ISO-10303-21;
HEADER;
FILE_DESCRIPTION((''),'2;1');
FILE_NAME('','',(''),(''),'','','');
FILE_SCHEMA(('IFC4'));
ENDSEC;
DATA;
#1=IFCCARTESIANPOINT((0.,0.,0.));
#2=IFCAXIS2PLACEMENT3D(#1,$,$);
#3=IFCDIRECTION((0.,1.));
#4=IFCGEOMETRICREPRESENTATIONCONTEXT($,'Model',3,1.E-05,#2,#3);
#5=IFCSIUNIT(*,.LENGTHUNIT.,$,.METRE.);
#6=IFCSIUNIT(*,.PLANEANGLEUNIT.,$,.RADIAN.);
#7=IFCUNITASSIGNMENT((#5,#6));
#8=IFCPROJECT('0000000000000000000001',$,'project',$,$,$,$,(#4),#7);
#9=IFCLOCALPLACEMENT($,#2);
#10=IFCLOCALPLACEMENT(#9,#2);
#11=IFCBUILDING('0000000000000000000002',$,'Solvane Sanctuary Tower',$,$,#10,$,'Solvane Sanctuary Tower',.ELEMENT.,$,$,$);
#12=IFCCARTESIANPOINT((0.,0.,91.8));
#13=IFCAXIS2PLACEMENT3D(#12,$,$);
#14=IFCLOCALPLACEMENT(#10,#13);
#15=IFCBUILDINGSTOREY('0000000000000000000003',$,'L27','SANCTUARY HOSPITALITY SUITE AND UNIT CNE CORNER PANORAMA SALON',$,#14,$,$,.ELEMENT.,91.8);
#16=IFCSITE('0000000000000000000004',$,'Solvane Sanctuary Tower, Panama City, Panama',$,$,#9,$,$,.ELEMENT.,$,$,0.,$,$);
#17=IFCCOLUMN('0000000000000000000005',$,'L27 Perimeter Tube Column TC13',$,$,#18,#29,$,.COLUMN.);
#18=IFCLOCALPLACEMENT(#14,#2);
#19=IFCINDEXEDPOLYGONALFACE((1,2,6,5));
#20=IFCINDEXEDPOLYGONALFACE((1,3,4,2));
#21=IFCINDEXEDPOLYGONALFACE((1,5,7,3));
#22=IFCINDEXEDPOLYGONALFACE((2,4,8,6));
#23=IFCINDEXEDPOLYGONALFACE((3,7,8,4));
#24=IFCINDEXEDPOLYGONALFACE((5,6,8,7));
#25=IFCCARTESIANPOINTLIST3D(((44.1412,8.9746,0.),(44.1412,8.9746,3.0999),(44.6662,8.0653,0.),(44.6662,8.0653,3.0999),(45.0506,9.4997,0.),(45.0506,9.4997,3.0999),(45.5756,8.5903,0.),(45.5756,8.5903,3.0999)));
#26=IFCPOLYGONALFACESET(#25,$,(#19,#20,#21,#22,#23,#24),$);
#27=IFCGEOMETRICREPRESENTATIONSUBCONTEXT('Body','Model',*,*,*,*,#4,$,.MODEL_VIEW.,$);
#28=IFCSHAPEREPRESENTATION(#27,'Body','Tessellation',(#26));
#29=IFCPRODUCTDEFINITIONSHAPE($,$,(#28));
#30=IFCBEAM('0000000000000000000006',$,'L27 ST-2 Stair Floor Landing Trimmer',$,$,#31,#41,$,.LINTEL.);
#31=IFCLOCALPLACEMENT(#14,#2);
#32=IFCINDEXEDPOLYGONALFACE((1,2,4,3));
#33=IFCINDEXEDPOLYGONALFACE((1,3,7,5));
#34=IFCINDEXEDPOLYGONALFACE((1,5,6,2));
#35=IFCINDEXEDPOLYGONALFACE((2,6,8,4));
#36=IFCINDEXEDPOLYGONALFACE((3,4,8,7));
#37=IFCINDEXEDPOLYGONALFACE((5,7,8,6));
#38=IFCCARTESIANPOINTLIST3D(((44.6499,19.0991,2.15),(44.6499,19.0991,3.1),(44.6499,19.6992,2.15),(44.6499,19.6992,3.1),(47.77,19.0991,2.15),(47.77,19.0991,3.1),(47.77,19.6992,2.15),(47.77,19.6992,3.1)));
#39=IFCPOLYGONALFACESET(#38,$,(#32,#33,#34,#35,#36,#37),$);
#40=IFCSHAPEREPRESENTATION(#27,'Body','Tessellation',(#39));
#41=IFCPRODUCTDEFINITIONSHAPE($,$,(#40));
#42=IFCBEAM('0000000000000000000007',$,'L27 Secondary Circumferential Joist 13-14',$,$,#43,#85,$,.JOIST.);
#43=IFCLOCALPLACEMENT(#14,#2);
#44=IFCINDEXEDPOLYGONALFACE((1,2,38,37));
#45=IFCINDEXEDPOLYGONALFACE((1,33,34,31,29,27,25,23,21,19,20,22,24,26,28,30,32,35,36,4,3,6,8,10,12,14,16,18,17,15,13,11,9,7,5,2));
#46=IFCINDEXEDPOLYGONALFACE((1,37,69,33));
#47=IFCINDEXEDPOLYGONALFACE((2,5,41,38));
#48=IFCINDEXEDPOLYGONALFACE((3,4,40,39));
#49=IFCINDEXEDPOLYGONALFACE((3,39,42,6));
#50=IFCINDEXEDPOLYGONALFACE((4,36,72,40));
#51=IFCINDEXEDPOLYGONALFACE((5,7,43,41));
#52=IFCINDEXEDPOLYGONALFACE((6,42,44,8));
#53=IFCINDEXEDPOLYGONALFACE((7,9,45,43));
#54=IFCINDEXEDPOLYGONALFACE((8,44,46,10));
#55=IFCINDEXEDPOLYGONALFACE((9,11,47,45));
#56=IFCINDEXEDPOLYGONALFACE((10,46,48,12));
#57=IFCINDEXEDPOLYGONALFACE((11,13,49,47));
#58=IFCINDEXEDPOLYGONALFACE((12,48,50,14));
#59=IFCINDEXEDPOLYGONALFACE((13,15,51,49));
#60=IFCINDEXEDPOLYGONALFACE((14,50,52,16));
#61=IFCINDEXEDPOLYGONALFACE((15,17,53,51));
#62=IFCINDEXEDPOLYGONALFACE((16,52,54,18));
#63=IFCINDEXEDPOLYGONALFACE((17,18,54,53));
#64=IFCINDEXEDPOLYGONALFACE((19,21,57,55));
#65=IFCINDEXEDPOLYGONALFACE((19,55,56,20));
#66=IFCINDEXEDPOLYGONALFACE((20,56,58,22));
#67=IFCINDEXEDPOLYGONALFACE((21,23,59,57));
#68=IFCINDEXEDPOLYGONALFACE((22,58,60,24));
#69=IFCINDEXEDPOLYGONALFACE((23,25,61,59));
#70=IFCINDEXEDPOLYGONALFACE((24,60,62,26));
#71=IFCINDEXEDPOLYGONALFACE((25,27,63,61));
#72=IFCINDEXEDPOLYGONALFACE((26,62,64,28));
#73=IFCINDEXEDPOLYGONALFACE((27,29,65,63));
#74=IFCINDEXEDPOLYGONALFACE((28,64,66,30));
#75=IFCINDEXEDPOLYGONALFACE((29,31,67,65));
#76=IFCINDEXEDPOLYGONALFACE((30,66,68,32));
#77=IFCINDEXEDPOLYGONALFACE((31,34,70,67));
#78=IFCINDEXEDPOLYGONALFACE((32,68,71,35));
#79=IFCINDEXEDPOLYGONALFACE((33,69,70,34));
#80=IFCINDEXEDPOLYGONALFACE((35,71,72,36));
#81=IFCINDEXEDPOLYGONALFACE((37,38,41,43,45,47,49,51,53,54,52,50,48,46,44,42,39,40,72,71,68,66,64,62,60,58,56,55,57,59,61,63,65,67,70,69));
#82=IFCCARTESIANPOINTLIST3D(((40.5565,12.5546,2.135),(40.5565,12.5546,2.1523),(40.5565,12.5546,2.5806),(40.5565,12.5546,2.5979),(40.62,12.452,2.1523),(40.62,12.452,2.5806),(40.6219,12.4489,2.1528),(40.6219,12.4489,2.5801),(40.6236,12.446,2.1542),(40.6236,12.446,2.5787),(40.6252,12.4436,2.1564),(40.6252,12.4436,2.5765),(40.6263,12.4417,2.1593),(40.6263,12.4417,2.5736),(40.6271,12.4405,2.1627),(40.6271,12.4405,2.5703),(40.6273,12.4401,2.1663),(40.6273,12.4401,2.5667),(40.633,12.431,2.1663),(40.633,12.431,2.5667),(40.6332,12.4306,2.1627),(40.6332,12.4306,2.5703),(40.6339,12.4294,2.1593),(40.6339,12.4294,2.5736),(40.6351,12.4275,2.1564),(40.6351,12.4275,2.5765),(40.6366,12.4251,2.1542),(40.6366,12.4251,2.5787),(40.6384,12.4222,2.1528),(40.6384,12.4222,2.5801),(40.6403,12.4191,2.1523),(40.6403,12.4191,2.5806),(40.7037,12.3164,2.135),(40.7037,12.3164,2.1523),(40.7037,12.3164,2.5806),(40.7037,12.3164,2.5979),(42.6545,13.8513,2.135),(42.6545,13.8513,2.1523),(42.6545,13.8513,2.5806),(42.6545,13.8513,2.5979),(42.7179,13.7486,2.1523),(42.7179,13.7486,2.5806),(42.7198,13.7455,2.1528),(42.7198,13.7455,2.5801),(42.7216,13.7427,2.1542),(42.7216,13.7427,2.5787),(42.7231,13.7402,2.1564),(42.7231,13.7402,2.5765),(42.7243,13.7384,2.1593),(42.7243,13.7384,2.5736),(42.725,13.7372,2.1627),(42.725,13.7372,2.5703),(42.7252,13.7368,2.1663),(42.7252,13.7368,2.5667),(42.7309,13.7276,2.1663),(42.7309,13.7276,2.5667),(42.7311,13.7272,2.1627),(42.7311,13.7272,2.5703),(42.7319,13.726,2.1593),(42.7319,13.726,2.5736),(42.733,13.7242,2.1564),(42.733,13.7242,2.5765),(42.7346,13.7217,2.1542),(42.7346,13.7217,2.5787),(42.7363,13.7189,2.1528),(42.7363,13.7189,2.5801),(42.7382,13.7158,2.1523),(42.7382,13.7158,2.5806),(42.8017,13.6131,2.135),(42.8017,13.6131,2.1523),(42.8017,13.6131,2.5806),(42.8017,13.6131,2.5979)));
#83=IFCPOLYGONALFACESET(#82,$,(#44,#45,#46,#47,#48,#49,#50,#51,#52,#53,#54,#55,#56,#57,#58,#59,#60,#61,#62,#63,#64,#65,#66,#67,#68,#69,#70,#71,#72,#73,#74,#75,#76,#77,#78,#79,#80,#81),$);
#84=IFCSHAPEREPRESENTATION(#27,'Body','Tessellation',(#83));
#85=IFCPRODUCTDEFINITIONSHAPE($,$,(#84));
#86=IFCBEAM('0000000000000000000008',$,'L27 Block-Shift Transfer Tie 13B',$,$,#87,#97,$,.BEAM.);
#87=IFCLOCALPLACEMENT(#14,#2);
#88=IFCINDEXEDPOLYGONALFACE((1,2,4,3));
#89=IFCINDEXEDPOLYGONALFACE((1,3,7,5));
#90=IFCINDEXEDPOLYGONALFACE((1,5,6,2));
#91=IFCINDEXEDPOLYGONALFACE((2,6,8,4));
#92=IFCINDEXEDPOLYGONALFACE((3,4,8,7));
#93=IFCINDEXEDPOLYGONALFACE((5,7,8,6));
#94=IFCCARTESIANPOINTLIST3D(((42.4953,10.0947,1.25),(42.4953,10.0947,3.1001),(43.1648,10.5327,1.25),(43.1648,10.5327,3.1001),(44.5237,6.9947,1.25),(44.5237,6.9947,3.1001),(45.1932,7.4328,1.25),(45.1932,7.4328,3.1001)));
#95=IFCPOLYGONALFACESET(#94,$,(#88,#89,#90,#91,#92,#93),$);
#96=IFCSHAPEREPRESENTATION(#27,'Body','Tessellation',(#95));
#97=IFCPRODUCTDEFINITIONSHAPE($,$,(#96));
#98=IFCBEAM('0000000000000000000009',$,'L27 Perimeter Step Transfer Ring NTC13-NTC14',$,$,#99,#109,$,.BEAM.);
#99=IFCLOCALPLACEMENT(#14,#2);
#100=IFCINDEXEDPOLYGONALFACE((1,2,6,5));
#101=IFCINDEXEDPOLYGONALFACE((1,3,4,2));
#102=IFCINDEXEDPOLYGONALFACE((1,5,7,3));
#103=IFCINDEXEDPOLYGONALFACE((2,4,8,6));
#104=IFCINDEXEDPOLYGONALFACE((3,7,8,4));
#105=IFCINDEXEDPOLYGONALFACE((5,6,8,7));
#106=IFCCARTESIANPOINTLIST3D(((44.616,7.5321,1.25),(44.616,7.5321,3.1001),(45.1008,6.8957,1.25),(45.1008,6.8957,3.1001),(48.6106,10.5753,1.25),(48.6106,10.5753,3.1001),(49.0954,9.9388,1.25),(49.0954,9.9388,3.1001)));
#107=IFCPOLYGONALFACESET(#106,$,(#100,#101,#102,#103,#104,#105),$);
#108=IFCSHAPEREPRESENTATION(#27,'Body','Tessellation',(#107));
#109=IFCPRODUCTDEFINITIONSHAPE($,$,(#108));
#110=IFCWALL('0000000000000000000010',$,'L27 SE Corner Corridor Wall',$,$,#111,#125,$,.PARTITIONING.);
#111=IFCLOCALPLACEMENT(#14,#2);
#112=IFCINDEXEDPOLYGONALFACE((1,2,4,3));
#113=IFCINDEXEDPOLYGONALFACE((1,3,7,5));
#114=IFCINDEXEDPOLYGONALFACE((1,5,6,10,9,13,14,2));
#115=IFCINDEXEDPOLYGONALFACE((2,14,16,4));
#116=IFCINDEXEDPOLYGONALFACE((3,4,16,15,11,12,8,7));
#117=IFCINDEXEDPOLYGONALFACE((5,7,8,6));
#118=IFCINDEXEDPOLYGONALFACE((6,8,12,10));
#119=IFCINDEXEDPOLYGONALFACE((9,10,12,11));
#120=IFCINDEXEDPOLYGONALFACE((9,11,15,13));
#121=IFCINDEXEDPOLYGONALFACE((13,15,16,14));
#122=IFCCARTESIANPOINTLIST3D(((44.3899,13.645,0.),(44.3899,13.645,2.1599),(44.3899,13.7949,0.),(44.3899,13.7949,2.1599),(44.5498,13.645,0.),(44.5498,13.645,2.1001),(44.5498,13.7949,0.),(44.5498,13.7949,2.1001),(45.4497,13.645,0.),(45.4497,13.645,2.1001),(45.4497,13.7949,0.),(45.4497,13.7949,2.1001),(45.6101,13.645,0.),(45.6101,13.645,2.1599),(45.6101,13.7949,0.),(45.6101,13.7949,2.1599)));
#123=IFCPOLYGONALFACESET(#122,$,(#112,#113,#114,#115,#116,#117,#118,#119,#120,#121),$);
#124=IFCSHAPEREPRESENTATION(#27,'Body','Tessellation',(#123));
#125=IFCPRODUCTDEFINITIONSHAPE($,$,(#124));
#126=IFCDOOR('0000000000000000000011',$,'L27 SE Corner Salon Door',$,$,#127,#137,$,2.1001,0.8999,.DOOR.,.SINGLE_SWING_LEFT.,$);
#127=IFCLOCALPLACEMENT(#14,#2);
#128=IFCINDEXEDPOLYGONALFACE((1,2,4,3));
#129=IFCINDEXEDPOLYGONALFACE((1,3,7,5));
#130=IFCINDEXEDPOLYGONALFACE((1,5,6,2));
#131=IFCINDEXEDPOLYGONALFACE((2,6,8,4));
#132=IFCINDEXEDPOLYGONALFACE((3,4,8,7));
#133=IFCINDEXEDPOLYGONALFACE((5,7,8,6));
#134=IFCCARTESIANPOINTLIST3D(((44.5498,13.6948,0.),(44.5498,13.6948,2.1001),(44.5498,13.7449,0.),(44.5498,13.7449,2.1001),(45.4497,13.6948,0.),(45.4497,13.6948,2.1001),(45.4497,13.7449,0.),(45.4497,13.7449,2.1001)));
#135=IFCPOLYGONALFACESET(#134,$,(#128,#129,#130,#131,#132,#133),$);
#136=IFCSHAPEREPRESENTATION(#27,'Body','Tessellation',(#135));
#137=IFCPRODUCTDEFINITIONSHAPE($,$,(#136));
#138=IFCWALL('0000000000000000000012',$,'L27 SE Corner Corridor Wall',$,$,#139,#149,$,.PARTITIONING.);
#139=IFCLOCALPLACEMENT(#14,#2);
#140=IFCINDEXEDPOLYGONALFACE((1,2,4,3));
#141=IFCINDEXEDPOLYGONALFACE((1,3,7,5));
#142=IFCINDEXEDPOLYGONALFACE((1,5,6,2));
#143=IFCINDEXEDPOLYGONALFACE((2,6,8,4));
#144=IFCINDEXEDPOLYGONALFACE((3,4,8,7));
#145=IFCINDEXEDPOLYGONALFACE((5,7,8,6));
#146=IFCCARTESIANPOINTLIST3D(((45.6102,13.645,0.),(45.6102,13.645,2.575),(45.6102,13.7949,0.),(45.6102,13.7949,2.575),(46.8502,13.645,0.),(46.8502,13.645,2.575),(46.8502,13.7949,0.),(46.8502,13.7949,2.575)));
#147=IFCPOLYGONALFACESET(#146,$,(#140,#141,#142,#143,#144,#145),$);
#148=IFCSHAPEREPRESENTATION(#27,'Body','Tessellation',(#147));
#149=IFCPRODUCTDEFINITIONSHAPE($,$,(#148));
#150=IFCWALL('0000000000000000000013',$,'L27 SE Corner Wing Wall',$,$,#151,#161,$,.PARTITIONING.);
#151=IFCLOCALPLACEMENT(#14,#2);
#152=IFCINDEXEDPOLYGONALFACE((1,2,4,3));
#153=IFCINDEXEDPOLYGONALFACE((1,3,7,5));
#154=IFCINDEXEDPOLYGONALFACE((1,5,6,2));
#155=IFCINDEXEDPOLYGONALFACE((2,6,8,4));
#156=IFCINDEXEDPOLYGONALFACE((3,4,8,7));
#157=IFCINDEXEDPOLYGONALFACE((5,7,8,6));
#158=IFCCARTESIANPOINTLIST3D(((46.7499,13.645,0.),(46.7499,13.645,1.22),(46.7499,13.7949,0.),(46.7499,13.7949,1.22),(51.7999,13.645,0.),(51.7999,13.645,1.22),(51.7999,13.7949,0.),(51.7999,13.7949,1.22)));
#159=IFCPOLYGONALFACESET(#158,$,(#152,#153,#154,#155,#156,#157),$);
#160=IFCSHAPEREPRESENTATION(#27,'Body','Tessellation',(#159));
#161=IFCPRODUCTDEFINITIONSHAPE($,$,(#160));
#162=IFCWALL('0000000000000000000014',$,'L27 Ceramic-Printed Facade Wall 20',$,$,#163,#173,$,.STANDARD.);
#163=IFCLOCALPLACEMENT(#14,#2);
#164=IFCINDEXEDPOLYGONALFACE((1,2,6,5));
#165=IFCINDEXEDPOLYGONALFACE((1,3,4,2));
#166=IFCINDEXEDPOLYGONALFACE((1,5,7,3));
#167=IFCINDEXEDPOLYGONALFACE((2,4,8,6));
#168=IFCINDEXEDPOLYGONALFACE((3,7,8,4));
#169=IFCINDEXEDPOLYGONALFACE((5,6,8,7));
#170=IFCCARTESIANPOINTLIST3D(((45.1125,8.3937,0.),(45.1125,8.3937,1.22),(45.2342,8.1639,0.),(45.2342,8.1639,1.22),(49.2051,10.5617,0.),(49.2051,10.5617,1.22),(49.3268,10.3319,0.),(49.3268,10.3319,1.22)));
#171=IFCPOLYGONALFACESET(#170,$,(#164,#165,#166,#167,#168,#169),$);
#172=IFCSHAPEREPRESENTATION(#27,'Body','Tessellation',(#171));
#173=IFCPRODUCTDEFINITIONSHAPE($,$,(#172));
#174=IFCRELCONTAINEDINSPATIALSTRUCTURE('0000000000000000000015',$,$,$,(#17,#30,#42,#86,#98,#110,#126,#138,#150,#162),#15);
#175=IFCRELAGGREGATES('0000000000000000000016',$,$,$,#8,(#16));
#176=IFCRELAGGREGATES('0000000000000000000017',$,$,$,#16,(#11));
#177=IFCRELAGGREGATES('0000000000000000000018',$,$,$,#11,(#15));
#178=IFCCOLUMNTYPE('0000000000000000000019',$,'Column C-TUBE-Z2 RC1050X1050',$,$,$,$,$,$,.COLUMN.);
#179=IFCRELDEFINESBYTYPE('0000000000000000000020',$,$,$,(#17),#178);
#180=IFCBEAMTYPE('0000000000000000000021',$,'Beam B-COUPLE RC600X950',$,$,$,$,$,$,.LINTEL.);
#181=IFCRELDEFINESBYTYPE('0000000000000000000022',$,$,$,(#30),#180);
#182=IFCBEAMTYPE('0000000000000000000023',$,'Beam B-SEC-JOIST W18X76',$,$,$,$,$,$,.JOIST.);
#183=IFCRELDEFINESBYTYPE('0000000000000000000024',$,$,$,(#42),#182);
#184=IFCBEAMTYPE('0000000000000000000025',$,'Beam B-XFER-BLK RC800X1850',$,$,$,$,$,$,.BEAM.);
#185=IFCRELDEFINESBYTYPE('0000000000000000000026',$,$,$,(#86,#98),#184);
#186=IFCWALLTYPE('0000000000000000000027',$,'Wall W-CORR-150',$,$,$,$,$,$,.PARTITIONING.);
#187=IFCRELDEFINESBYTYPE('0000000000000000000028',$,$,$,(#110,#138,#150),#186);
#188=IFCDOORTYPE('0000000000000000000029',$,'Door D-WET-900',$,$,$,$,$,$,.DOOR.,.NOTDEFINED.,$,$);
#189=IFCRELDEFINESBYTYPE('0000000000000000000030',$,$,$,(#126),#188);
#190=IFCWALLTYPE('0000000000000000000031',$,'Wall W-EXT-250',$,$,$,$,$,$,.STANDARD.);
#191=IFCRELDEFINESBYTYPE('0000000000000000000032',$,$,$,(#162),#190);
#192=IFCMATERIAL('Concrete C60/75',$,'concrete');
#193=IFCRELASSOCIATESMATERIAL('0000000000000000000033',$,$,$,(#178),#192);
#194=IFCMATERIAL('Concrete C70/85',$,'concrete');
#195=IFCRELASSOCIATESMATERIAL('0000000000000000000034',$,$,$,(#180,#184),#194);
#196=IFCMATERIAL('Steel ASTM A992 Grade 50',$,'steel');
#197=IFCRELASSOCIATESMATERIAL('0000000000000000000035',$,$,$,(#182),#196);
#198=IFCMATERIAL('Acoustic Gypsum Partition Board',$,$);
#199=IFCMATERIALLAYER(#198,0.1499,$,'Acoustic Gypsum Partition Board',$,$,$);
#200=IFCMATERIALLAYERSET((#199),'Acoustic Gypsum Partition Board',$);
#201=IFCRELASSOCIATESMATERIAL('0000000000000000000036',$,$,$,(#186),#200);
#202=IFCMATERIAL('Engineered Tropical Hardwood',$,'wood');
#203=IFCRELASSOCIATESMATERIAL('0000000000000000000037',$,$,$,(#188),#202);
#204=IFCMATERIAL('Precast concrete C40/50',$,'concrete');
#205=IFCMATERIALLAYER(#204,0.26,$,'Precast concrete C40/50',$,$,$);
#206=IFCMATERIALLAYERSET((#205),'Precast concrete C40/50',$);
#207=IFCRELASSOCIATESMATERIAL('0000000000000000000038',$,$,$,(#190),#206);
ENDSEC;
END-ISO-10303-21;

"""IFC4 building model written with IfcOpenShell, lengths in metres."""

from ifc_helpers import new_model, si_unit, direction, frame, frame_2d, origin, origin_2d, place, context, subcontext, project, spatial, rectangle, i_section, extrude, material, layer, layer_set, material_profile, profile_set, type_object, element, fill, save


model = new_model("IFC4")

# Units and contexts
model_context = context("Model", 3, precision=1e-05, world=origin(), true_north=direction((0.0, 1.0)))
body_context = subcontext(model_context, "Body", "Model", "MODEL_VIEW")
ifc_project = project(units=[si_unit("LENGTHUNIT", "METRE"), si_unit("PLANEANGLEUNIT", "RADIAN")], contexts=[model_context])

# Site, building, storey
site_placement = place(None, origin())
site = spatial("IfcSite", under=ifc_project, at=site_placement, Name="Solvane Sanctuary Tower, Panama City, Panama", CompositionType="ELEMENT", RefElevation=0.0)
building_placement = place(site_placement, origin())
building = spatial("IfcBuilding", under=site, at=building_placement, Name="Solvane Sanctuary Tower", LongName="Solvane Sanctuary Tower", CompositionType="ELEMENT")
storey_placement = place(building_placement, frame((0.0, 0.0, 91.8)))
storey = spatial("IfcBuildingStorey", under=building, at=storey_placement, Name="L27", Description="SANCTUARY HOSPITALITY SUITE AND UNIT CNE CORNER PANORAMA SALON", CompositionType="ELEMENT", Elevation=91.8)

# Column
ifc_material_1 = material(Name="Concrete C60/75", Category="concrete")
ifc_material_profile_1 = material_profile(ifc_material_1, rectangle(XDim=1.05, YDim=1.05, at=origin_2d()), Name="RC1050X1050")
ifc_profile_set_1 = profile_set([ifc_material_profile_1], Name="Concrete C60/75")
column_type = type_object("IfcColumnType", Name="Column C-TUBE-Z2 RC1050X1050", PredefinedType="COLUMN", material=ifc_profile_set_1)
column_placement = place(storey_placement, frame((44.8584, 8.7825, 0.0), z_axis=(0.0, 0.0, 1.0), x_axis=(0.5, -0.866025, 0.0)))
element("IfcColumn", 1, at=column_placement, inside=storey, type_object=column_type, Name="L27 Perimeter Tube Column TC13", PredefinedType="COLUMN", context=body_context, shape_type="SweptSolid", body=[
    extrude(rectangle(XDim=1.05, YDim=1.05, at=origin_2d()), origin(), (0.0, 0.0, 1.0), 3.0999),
])

# Beams
ifc_material_2 = material(Name="Concrete C70/85", Category="concrete")
ifc_material_profile_2 = material_profile(ifc_material_2, rectangle(XDim=0.6001, YDim=0.95, at=origin_2d()), Name="RC600X950")
ifc_profile_set_2 = profile_set([ifc_material_profile_2], Name="Concrete C70/85")
beam_type_1 = type_object("IfcBeamType", Name="Beam B-COUPLE RC600X950", PredefinedType="LINTEL", material=ifc_profile_set_2)
beam_1_placement = place(storey_placement, frame((44.6499, 19.3992, 2.625), z_axis=(1.0, 0.0, 0.0), x_axis=(0.0, 1.0, 0.0)))
element("IfcBeam", 2, at=beam_1_placement, inside=storey, type_object=beam_type_1, Name="L27 ST-2 Stair Floor Landing Trimmer", PredefinedType="LINTEL", context=body_context, shape_type="SweptSolid", body=[
    extrude(rectangle(XDim=0.6001, YDim=0.95, at=origin_2d()), origin(), (0.0, 0.0, 1.0), 3.1201),
])
ifc_material_3 = material(Name="Steel ASTM A992 Grade 50", Category="steel")
ifc_material_profile_3 = material_profile(ifc_material_3, i_section(OverallWidth=0.28, OverallDepth=0.4629, WebThickness=0.0107, FlangeThickness=0.0173, FilletRadius=0.0139, at=origin_2d()), Name="W18X76")
ifc_profile_set_3 = profile_set([ifc_material_profile_3], Name="Steel ASTM A992 Grade 50")
beam_type_2 = type_object("IfcBeamType", Name="Beam B-SEC-JOIST W18X76", PredefinedType="JOIST", material=ifc_profile_set_3)
beam_2_placement = place(storey_placement, frame((40.6301, 12.4355, 2.3665), z_axis=(0.85064, 0.525748, 0.0), x_axis=(-0.525748, 0.85064, 0.0)))
element("IfcBeam", 3, at=beam_2_placement, inside=storey, type_object=beam_type_2, Name="L27 Secondary Circumferential Joist 13-14", PredefinedType="JOIST", context=body_context, shape_type="SweptSolid", body=[
    extrude(i_section(OverallWidth=0.28, OverallDepth=0.4629, WebThickness=0.0107, FlangeThickness=0.0173, FilletRadius=0.0139, at=origin_2d()), origin(), (0.0, 0.0, 1.0), 2.4663),
])
ifc_material_profile_4 = material_profile(ifc_material_2, rectangle(XDim=0.8, YDim=1.8501, at=origin_2d()), Name="RC800X1850")
ifc_profile_set_4 = profile_set([ifc_material_profile_4], Name="Concrete C70/85")
beam_type_3 = type_object("IfcBeamType", Name="Beam B-XFER-BLK RC800X1850", PredefinedType="BEAM", material=ifc_profile_set_4)
beam_3_placement = place(storey_placement, frame((42.8301, 10.3137, 2.175), z_axis=(0.547532, -0.836785, 0.0), x_axis=(0.836785, 0.547532, 0.0)))
element("IfcBeam", 4, at=beam_3_placement, inside=storey, type_object=beam_type_3, Name="L27 Block-Shift Transfer Tie 13B", PredefinedType="BEAM", context=body_context, shape_type="SweptSolid", body=[
    extrude(rectangle(XDim=0.8, YDim=1.8501, at=origin_2d()), origin(), (0.0, 0.0, 1.0), 3.7046),
])
beam_4_placement = place(storey_placement, frame((44.8584, 7.2139, 2.175), z_axis=(0.795462, 0.606004, 0.0), x_axis=(-0.606004, 0.795462, 0.0)))
element("IfcBeam", 5, at=beam_4_placement, inside=storey, type_object=beam_type_3, Name="L27 Perimeter Step Transfer Ring NTC13-NTC14", PredefinedType="BEAM", context=body_context, shape_type="SweptSolid", body=[
    extrude(rectangle(XDim=0.8, YDim=1.8501, at=origin_2d()), origin(), (0.0, 0.0, 1.0), 5.0217),
])

# Wall, opening, door
ifc_material_4 = material(Name="Acoustic Gypsum Partition Board")
ifc_layer_1 = layer(ifc_material_4, 0.1499, Name="Acoustic Gypsum Partition Board")
ifc_layer_set_1 = layer_set([ifc_layer_1], Name="Acoustic Gypsum Partition Board")
wall_type_1 = type_object("IfcWallType", Name="Wall W-CORR-150", PredefinedType="PARTITIONING", material=ifc_layer_set_1)
wall_1_placement = place(storey_placement, frame((44.3899, 13.72, 0.0), z_axis=(0.0, 0.0, 1.0), x_axis=(1.0, 0.0, 0.0)))
wall_1 = element("IfcWall", 6, at=wall_1_placement, inside=storey, type_object=wall_type_1, Name="L27 SE Corner Corridor Wall", PredefinedType="PARTITIONING", context=body_context, shape_type="SweptSolid", body=[
    extrude(rectangle(XDim=1.2202, YDim=0.1499, at=frame_2d((0.6101, 0.0))), origin(), (0.0, 0.0, 1.0), 2.1599),
])
opening_1_placement = place(wall_1_placement, frame((0.1599, 0.0, 0.0)))
opening_1 = element("IfcOpeningElement", 7, at=opening_1_placement, cuts=wall_1, PredefinedType="OPENING", context=body_context, shape_type="SweptSolid", body=[
    extrude(rectangle(XDim=0.8999, YDim=2.1001, at=frame_2d((0.45, 1.05))), frame((0.0, 0.085, 0.0), z_axis=(0.0, -1.0, 0.0), x_axis=(1.0, 0.0, 0.0)), (0.0, 0.0, 1.0), 0.1699),
])
ifc_material_5 = material(Name="Engineered Tropical Hardwood", Category="wood")
door_type_1 = type_object("IfcDoorType", Name="Door D-WET-900", OperationType="NOTDEFINED", PredefinedType="DOOR", material=ifc_material_5)
door_1_placement = place(opening_1_placement, origin())
door_1 = element("IfcDoor", 8, at=door_1_placement, inside=storey, type_object=door_type_1, Name="L27 SE Corner Salon Door", OperationType="SINGLE_SWING_LEFT", OverallHeight=2.1001, OverallWidth=0.8999, PredefinedType="DOOR", context=body_context, shape_type="SweptSolid", body=[
    extrude(rectangle(XDim=0.8999, YDim=2.1001, at=frame_2d((0.45, 1.05))), frame((0.0, 0.0249, 0.0), z_axis=(0.0, -1.0, 0.0), x_axis=(1.0, 0.0, 0.0)), (0.0, 0.0, 1.0), 0.05),
])
fill(opening_1, door_1)

# Walls
wall_2_placement = place(storey_placement, frame((45.6101, 13.72, 0.0), z_axis=(0.0, 0.0, 1.0), x_axis=(1.0, 0.0, 0.0)))
element("IfcWall", 9, at=wall_2_placement, inside=storey, type_object=wall_type_1, Name="L27 SE Corner Corridor Wall", PredefinedType="PARTITIONING", context=body_context, shape_type="SweptSolid", body=[
    extrude(rectangle(XDim=1.24, YDim=0.1499, at=frame_2d((0.6201, 0.0))), origin(), (0.0, 0.0, 1.0), 2.575),
])
wall_3_placement = place(storey_placement, frame((46.75, 13.72, 0.0), z_axis=(0.0, 0.0, 1.0), x_axis=(1.0, 0.0, 0.0)))
element("IfcWall", 10, at=wall_3_placement, inside=storey, type_object=wall_type_1, Name="L27 SE Corner Wing Wall", PredefinedType="PARTITIONING", context=body_context, shape_type="SweptSolid", body=[
    extrude(rectangle(XDim=5.05, YDim=0.1499, at=frame_2d((2.5249, 0.0))), origin(), (0.0, 0.0, 1.0), 1.22),
])
ifc_material_6 = material(Name="Precast concrete C40/50", Category="concrete")
ifc_layer_2 = layer(ifc_material_6, 0.26, Name="Precast concrete C40/50")
ifc_layer_set_2 = layer_set([ifc_layer_2], Name="Precast concrete C40/50")
wall_type_2 = type_object("IfcWallType", Name="Wall W-EXT-250", PredefinedType="STANDARD", material=ifc_layer_set_2)
wall_4_placement = place(storey_placement, frame((45.1733, 8.2788, 0.0), z_axis=(0.0, 0.0, 1.0), x_axis=(0.883669, 0.468113, 0.0)))
element("IfcWall", 11, at=wall_4_placement, inside=storey, type_object=wall_type_2, Name="L27 Ceramic-Printed Facade Wall 20", PredefinedType="STANDARD", context=body_context, shape_type="SweptSolid", body=[
    extrude(rectangle(XDim=4.6313, YDim=0.26, at=frame_2d((2.3157, 0.0))), origin(), (0.0, 0.0, 1.0), 1.22),
])

save(model, "model.ifc")
